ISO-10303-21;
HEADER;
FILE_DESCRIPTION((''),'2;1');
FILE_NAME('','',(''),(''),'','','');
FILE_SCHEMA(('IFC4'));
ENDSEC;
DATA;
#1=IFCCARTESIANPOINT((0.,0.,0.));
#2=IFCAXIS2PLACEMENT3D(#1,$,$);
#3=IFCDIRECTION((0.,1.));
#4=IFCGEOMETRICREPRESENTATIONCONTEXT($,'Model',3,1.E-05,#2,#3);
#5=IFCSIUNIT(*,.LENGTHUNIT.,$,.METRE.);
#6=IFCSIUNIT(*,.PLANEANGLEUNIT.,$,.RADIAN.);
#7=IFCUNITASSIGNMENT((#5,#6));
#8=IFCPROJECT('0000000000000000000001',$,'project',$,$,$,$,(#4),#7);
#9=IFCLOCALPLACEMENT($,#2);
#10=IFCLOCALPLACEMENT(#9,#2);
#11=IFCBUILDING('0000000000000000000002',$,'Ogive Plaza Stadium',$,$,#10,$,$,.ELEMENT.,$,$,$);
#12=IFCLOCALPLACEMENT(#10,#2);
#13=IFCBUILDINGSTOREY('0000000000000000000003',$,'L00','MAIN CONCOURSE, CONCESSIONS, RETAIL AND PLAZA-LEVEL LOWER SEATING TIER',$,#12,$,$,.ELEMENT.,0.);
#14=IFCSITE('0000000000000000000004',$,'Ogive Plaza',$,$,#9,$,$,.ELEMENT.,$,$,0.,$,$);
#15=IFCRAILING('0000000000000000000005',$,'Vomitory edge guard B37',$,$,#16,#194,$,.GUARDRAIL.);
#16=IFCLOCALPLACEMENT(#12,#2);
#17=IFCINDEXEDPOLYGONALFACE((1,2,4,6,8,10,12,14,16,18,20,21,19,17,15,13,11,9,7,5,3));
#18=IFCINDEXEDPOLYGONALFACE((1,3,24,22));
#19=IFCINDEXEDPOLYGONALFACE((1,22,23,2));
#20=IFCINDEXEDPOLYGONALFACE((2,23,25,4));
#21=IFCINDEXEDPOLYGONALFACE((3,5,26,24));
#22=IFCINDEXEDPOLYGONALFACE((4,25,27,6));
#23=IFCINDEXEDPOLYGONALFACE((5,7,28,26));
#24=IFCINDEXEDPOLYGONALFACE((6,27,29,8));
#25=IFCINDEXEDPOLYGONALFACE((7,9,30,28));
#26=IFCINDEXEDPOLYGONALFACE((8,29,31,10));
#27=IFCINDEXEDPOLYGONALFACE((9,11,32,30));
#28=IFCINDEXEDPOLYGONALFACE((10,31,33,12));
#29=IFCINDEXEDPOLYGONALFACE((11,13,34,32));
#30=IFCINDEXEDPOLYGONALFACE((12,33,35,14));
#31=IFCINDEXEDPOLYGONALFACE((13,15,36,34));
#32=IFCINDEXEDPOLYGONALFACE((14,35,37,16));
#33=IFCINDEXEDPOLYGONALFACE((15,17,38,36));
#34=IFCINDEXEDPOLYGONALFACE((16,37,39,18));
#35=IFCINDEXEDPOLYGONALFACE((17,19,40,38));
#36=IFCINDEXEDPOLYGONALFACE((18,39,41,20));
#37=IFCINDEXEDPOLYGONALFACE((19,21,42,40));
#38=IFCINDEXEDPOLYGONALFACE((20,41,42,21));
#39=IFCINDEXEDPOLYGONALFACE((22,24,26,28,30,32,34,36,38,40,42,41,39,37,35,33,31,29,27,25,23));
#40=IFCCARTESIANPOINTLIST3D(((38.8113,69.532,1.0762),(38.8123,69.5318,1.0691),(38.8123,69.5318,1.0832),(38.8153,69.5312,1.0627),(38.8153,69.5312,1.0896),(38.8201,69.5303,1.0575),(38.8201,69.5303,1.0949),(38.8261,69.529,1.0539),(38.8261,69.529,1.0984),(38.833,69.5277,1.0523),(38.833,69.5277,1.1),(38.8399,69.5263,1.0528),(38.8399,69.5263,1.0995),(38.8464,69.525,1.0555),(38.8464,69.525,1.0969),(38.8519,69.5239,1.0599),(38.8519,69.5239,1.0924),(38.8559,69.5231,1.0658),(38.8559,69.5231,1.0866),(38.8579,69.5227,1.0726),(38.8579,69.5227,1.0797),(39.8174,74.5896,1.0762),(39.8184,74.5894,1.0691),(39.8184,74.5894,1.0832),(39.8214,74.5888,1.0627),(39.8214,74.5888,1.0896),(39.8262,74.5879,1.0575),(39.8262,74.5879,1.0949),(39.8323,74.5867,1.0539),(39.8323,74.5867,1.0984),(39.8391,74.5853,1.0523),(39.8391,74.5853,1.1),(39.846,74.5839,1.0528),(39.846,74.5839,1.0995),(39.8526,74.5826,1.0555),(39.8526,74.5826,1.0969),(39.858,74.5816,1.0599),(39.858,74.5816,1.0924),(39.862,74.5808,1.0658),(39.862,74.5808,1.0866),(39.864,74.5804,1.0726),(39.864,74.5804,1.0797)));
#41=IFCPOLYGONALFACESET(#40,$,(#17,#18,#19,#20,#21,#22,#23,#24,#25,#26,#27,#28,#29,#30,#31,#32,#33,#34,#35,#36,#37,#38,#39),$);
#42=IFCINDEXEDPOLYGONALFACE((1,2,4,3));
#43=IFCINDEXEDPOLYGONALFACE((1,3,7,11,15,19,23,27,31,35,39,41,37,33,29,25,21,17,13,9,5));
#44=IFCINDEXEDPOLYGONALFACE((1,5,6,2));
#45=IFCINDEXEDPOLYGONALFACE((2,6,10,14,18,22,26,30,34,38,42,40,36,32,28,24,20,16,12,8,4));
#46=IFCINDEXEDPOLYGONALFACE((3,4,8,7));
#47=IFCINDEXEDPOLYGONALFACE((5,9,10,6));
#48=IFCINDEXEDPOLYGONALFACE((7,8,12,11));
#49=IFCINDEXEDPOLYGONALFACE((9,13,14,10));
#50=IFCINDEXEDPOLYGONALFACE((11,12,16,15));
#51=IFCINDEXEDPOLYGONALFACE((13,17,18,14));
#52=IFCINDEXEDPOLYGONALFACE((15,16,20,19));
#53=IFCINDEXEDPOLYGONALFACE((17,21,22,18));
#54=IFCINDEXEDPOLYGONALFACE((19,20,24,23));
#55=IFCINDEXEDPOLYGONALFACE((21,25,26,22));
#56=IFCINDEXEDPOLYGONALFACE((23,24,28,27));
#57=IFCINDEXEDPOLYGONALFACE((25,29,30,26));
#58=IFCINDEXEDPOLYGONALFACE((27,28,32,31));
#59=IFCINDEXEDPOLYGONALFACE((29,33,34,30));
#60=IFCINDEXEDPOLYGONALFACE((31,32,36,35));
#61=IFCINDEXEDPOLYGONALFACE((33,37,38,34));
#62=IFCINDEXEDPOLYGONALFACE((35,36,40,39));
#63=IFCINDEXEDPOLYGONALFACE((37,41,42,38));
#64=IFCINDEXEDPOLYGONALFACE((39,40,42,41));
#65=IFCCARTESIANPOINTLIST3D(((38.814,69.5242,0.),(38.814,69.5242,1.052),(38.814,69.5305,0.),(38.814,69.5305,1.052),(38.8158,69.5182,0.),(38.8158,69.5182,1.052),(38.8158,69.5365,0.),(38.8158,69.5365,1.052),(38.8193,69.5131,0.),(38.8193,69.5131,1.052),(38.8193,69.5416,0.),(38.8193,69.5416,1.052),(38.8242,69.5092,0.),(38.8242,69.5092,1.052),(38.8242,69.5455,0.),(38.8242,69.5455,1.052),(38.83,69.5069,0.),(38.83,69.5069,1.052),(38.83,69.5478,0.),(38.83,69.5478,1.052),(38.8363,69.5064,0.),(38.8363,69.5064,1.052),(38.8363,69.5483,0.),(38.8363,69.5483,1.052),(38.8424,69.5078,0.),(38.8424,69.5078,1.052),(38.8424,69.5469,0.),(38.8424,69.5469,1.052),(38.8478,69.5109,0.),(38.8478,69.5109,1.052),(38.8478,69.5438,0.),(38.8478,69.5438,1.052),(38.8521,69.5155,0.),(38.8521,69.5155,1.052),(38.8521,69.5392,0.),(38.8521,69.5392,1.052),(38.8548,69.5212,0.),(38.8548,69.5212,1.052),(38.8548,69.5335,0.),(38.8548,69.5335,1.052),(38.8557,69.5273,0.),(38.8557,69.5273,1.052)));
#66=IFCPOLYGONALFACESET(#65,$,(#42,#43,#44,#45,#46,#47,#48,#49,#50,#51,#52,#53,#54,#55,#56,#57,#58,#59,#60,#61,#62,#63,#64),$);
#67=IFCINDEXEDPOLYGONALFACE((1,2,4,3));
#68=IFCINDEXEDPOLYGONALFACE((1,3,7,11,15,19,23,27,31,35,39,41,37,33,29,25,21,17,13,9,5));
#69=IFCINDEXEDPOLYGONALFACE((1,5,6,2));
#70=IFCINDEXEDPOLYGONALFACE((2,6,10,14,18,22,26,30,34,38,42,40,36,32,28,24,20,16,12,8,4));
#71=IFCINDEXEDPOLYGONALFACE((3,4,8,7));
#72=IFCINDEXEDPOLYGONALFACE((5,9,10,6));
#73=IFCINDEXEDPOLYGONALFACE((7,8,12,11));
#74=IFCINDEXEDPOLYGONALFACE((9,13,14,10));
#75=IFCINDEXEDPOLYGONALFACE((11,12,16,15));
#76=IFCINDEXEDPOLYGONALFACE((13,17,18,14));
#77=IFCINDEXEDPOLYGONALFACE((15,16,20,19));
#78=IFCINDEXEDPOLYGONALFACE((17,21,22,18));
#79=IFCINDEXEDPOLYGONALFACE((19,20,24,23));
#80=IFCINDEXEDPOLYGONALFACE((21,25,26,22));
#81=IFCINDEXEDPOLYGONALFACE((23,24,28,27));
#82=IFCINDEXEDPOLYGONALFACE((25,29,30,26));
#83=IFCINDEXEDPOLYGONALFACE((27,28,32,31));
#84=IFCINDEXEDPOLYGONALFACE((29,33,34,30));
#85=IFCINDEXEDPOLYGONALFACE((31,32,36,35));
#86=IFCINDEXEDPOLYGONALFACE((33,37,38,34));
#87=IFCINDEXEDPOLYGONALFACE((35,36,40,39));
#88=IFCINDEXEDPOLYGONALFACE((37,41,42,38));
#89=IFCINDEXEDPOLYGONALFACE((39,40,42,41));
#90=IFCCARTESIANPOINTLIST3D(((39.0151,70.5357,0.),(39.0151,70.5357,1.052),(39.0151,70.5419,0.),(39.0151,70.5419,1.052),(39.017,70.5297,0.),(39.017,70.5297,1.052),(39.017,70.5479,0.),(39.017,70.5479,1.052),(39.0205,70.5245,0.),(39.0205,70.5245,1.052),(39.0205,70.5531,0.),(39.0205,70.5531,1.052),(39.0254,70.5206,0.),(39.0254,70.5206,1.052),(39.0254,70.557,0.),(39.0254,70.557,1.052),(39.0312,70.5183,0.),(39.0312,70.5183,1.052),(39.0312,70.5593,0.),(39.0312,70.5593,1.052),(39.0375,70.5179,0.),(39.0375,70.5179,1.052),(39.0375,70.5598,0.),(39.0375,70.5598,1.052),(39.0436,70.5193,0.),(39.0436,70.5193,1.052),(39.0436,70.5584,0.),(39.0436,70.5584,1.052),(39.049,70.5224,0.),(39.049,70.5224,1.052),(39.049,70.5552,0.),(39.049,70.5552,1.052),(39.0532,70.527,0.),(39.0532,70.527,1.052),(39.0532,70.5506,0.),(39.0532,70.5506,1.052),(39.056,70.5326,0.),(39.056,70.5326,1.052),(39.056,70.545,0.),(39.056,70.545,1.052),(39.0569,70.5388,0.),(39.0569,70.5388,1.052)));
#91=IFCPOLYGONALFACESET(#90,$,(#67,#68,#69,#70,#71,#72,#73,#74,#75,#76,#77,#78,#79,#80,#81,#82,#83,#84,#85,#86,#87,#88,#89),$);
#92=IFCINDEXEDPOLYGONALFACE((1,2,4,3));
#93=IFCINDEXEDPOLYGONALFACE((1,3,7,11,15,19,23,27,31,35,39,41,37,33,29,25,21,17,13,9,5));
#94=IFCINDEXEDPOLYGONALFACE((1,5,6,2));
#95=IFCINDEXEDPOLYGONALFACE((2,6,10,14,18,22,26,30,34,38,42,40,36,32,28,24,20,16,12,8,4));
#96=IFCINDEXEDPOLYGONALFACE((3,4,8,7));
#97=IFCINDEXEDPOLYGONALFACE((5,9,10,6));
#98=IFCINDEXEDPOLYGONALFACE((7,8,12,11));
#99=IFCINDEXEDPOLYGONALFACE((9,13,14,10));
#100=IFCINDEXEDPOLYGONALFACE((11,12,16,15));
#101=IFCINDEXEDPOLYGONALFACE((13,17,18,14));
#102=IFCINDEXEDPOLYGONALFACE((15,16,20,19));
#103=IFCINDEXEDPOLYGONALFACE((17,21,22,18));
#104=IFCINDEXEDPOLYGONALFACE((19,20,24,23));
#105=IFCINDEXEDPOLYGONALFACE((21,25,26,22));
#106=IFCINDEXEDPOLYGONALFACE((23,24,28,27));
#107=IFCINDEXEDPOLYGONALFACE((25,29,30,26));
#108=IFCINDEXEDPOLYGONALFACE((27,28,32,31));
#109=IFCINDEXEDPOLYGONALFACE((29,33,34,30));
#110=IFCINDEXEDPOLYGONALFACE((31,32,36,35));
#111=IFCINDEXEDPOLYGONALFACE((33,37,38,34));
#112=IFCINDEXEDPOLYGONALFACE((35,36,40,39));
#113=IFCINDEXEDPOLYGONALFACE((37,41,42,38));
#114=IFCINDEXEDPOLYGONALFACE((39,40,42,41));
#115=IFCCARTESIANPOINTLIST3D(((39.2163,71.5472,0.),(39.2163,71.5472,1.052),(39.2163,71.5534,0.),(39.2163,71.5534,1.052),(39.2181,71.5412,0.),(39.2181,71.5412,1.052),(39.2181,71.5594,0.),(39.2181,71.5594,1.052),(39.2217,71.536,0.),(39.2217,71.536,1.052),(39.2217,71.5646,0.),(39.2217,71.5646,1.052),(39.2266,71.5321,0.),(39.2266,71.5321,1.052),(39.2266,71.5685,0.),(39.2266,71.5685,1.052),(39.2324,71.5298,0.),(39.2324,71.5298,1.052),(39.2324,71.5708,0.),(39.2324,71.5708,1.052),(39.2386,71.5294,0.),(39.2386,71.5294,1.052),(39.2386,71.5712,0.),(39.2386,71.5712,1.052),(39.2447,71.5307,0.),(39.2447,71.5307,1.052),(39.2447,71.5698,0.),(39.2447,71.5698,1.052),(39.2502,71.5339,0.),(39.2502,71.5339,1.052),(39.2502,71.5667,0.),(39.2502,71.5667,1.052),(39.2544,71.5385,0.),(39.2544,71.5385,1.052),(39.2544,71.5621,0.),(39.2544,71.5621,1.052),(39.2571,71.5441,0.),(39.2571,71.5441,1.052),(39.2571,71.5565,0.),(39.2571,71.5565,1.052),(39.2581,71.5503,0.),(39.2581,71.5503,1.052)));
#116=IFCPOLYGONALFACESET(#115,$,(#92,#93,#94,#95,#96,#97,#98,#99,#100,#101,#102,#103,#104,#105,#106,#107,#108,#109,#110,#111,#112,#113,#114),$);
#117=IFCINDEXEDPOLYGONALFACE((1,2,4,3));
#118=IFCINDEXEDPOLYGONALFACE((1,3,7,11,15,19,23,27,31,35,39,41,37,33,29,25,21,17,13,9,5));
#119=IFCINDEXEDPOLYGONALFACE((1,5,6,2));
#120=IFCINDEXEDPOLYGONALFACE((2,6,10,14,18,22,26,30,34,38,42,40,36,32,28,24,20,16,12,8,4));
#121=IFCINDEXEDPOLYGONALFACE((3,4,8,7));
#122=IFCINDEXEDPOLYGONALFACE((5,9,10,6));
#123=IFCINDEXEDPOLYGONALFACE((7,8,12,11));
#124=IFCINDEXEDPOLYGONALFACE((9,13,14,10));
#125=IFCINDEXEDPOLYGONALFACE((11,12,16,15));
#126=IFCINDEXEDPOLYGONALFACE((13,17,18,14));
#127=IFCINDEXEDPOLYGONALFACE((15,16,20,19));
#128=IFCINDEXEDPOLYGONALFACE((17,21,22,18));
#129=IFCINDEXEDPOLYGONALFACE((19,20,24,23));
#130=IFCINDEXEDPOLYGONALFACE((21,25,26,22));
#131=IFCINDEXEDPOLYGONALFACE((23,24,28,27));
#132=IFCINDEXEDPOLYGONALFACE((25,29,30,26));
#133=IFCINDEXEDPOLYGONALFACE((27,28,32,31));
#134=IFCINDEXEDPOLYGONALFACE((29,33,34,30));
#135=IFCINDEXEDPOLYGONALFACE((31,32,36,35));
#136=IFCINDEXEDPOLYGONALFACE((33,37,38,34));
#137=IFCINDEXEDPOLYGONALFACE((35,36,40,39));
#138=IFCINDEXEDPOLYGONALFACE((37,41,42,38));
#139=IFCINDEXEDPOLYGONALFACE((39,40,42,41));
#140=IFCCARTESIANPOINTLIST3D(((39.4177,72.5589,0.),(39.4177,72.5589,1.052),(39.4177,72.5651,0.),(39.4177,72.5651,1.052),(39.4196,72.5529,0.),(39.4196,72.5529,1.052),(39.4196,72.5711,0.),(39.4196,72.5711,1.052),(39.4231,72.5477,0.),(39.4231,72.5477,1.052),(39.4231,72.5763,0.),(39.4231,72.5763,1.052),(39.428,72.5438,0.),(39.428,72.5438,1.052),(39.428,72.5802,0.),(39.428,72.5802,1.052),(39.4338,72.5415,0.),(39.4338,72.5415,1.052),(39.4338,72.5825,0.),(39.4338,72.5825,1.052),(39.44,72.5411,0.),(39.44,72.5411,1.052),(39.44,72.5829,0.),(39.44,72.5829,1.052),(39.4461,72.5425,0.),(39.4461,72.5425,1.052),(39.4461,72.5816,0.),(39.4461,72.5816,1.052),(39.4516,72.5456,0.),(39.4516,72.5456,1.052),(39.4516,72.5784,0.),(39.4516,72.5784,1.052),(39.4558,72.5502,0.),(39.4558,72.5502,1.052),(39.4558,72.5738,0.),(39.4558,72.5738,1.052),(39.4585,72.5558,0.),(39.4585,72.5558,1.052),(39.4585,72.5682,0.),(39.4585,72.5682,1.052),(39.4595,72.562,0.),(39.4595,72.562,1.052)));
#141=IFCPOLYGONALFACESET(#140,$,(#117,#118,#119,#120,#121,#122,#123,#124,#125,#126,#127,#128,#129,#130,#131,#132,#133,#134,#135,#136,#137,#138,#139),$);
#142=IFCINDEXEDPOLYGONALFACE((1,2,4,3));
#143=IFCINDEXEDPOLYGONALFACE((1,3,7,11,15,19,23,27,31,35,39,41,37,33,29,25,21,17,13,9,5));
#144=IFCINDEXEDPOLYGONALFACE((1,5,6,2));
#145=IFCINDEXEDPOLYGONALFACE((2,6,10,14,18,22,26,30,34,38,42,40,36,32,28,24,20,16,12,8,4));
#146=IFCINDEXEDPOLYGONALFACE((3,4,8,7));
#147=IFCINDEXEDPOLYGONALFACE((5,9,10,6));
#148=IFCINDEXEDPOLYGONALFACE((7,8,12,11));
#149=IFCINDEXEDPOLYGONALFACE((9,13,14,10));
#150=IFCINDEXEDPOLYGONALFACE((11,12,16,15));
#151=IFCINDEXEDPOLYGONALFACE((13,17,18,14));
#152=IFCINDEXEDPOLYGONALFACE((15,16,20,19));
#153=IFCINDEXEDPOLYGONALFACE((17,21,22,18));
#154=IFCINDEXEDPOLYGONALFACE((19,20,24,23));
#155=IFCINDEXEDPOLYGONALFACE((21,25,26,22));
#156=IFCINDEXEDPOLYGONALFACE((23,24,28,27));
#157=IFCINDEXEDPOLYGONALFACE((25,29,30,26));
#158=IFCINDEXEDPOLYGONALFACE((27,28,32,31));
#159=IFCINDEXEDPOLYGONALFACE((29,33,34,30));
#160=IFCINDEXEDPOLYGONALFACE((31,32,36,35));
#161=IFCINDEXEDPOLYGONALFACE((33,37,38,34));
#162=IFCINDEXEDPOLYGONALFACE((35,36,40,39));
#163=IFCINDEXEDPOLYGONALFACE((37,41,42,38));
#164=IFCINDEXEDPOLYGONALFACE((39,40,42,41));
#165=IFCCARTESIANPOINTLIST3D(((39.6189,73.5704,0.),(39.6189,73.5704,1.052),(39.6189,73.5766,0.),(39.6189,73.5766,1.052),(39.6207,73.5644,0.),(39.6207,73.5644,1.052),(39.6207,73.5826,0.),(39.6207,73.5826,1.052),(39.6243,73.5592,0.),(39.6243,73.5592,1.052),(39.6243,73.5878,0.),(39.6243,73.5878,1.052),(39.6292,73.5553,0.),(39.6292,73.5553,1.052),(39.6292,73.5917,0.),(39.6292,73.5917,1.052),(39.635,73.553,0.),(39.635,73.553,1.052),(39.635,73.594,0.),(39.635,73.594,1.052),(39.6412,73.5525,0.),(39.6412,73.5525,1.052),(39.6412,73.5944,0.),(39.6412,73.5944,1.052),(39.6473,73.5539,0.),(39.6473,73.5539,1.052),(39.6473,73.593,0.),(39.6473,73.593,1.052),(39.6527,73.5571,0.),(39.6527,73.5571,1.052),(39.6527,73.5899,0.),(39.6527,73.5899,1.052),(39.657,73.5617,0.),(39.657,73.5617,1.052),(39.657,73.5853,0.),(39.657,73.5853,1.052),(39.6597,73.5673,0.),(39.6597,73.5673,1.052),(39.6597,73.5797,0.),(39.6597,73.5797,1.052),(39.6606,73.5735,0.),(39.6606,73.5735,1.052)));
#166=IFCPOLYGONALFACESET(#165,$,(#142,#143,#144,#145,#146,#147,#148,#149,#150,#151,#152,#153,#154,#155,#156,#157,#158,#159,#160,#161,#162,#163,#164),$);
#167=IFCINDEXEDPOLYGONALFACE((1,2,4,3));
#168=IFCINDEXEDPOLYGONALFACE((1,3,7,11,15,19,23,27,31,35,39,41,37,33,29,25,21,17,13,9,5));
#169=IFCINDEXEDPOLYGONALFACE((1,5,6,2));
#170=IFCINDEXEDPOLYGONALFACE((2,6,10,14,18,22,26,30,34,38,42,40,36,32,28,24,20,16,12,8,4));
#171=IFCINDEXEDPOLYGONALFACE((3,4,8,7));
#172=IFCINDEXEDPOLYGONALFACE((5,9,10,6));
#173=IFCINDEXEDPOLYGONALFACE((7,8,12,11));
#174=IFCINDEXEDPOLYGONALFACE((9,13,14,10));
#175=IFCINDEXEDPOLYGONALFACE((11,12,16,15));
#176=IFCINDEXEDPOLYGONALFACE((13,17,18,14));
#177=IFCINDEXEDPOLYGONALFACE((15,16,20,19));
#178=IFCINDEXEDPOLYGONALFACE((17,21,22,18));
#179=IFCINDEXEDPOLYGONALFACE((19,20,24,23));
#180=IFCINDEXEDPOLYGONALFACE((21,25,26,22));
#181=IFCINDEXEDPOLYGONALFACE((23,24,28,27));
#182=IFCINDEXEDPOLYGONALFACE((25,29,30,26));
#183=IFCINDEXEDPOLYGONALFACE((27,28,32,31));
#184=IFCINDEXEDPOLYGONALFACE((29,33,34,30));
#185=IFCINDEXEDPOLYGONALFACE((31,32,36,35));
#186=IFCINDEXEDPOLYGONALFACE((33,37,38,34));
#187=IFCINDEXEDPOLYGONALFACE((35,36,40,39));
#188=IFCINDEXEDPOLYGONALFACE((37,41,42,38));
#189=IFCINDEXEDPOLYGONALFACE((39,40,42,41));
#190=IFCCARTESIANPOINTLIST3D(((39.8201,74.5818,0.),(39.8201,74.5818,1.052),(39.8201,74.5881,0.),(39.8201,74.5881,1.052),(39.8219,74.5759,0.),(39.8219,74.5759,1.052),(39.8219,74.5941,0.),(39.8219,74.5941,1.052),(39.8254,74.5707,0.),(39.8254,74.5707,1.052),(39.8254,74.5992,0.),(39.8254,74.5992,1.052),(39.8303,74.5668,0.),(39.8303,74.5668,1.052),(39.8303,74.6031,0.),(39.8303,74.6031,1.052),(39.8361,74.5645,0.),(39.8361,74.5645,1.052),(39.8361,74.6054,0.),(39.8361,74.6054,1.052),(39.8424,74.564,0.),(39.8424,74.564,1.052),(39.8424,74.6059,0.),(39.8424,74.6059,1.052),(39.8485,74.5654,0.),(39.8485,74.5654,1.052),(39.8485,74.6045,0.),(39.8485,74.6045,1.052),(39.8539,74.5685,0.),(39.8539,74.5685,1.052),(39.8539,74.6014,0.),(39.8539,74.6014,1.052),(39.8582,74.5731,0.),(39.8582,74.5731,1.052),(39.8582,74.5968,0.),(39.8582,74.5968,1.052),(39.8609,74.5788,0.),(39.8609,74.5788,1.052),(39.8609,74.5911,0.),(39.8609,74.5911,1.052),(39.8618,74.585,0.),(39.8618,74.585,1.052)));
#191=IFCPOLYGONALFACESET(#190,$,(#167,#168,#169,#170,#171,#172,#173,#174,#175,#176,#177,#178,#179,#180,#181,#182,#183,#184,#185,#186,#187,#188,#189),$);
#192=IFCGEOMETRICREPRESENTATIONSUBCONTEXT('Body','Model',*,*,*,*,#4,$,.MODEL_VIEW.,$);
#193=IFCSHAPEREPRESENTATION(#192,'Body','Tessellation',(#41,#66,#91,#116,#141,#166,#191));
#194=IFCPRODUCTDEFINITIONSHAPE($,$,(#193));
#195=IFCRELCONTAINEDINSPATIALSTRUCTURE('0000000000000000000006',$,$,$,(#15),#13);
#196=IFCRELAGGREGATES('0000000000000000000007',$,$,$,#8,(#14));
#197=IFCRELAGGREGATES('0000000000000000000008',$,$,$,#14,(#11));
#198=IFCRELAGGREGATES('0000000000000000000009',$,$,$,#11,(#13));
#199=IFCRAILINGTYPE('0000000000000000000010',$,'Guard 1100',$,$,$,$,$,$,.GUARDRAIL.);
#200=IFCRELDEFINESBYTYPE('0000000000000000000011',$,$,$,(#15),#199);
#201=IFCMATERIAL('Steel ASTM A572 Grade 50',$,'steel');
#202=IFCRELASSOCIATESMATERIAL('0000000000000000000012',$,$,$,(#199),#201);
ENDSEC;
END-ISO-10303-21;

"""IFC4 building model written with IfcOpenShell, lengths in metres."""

from ifc_helpers import new_model, si_unit, direction, frame, origin, origin_2d, place, context, subcontext, project, spatial, circle, extrude, material, type_object, element, save


model = new_model("IFC4")

# Units and contexts
model_context = context("Model", 3, precision=1e-05, world=origin(), true_north=direction((0.0, 1.0)))
body_context = subcontext(model_context, "Body", "Model", "MODEL_VIEW")
ifc_project = project(units=[si_unit("LENGTHUNIT", "METRE"), si_unit("PLANEANGLEUNIT", "RADIAN")], contexts=[model_context])

# Site, building, storey
site_placement = place(None, origin())
site = spatial("IfcSite", under=ifc_project, at=site_placement, Name="Ogive Plaza", CompositionType="ELEMENT", RefElevation=0.0)
building_placement = place(site_placement, origin())
building = spatial("IfcBuilding", under=site, at=building_placement, Name="Ogive Plaza Stadium", CompositionType="ELEMENT")
storey_placement = place(building_placement, origin())
storey = spatial("IfcBuildingStorey", under=building, at=storey_placement, Name="L00", Description="MAIN CONCOURSE, CONCESSIONS, RETAIL AND PLAZA-LEVEL LOWER SEATING TIER", CompositionType="ELEMENT", Elevation=0.0)

# Railing
ifc_material_1 = material(Name="Steel ASTM A572 Grade 50", Category="steel")
railing_type = type_object("IfcRailingType", Name="Guard 1100", PredefinedType="GUARDRAIL", material=ifc_material_1)
for number, where, name in (
    (1, (38.8347, 69.5273, 0.0), "Vomitory edge guard B37"),
):
    element("IfcRailing", number, at=place(storey_placement, frame(where)), inside=storey, type_object=railing_type, Name=name, PredefinedType="GUARDRAIL", context=body_context, shape_type="SweptSolid", body=[
        extrude(circle(Radius=0.0239, at=origin_2d()), frame((0.0, 0.0, 1.0762), z_axis=(0.195105, 0.980782, 0.0), x_axis=(-0.980782, 0.195105, 0.0)), (0.0, 0.0, 1.0), 5.1567),
        extrude(circle(Radius=0.021, at=origin_2d()), origin(), (0.0, 0.0, 1.0), 1.052),
        extrude(circle(Radius=0.021, at=origin_2d()), frame((0.2012, 1.0115, 0.0)), (0.0, 0.0, 1.0), 1.052),
        extrude(circle(Radius=0.021, at=origin_2d()), frame((0.4023, 2.0229, 0.0)), (0.0, 0.0, 1.0), 1.052),
        extrude(circle(Radius=0.021, at=origin_2d()), frame((0.6038, 3.0347, 0.0)), (0.0, 0.0, 1.0), 1.052),
        extrude(circle(Radius=0.021, at=origin_2d()), frame((0.8049, 4.0461, 0.0)), (0.0, 0.0, 1.0), 1.052),
        extrude(circle(Radius=0.021, at=origin_2d()), frame((1.0061, 5.0576, 0.0)), (0.0, 0.0, 1.0), 1.052),
    ])

save(model, "model.ifc")
